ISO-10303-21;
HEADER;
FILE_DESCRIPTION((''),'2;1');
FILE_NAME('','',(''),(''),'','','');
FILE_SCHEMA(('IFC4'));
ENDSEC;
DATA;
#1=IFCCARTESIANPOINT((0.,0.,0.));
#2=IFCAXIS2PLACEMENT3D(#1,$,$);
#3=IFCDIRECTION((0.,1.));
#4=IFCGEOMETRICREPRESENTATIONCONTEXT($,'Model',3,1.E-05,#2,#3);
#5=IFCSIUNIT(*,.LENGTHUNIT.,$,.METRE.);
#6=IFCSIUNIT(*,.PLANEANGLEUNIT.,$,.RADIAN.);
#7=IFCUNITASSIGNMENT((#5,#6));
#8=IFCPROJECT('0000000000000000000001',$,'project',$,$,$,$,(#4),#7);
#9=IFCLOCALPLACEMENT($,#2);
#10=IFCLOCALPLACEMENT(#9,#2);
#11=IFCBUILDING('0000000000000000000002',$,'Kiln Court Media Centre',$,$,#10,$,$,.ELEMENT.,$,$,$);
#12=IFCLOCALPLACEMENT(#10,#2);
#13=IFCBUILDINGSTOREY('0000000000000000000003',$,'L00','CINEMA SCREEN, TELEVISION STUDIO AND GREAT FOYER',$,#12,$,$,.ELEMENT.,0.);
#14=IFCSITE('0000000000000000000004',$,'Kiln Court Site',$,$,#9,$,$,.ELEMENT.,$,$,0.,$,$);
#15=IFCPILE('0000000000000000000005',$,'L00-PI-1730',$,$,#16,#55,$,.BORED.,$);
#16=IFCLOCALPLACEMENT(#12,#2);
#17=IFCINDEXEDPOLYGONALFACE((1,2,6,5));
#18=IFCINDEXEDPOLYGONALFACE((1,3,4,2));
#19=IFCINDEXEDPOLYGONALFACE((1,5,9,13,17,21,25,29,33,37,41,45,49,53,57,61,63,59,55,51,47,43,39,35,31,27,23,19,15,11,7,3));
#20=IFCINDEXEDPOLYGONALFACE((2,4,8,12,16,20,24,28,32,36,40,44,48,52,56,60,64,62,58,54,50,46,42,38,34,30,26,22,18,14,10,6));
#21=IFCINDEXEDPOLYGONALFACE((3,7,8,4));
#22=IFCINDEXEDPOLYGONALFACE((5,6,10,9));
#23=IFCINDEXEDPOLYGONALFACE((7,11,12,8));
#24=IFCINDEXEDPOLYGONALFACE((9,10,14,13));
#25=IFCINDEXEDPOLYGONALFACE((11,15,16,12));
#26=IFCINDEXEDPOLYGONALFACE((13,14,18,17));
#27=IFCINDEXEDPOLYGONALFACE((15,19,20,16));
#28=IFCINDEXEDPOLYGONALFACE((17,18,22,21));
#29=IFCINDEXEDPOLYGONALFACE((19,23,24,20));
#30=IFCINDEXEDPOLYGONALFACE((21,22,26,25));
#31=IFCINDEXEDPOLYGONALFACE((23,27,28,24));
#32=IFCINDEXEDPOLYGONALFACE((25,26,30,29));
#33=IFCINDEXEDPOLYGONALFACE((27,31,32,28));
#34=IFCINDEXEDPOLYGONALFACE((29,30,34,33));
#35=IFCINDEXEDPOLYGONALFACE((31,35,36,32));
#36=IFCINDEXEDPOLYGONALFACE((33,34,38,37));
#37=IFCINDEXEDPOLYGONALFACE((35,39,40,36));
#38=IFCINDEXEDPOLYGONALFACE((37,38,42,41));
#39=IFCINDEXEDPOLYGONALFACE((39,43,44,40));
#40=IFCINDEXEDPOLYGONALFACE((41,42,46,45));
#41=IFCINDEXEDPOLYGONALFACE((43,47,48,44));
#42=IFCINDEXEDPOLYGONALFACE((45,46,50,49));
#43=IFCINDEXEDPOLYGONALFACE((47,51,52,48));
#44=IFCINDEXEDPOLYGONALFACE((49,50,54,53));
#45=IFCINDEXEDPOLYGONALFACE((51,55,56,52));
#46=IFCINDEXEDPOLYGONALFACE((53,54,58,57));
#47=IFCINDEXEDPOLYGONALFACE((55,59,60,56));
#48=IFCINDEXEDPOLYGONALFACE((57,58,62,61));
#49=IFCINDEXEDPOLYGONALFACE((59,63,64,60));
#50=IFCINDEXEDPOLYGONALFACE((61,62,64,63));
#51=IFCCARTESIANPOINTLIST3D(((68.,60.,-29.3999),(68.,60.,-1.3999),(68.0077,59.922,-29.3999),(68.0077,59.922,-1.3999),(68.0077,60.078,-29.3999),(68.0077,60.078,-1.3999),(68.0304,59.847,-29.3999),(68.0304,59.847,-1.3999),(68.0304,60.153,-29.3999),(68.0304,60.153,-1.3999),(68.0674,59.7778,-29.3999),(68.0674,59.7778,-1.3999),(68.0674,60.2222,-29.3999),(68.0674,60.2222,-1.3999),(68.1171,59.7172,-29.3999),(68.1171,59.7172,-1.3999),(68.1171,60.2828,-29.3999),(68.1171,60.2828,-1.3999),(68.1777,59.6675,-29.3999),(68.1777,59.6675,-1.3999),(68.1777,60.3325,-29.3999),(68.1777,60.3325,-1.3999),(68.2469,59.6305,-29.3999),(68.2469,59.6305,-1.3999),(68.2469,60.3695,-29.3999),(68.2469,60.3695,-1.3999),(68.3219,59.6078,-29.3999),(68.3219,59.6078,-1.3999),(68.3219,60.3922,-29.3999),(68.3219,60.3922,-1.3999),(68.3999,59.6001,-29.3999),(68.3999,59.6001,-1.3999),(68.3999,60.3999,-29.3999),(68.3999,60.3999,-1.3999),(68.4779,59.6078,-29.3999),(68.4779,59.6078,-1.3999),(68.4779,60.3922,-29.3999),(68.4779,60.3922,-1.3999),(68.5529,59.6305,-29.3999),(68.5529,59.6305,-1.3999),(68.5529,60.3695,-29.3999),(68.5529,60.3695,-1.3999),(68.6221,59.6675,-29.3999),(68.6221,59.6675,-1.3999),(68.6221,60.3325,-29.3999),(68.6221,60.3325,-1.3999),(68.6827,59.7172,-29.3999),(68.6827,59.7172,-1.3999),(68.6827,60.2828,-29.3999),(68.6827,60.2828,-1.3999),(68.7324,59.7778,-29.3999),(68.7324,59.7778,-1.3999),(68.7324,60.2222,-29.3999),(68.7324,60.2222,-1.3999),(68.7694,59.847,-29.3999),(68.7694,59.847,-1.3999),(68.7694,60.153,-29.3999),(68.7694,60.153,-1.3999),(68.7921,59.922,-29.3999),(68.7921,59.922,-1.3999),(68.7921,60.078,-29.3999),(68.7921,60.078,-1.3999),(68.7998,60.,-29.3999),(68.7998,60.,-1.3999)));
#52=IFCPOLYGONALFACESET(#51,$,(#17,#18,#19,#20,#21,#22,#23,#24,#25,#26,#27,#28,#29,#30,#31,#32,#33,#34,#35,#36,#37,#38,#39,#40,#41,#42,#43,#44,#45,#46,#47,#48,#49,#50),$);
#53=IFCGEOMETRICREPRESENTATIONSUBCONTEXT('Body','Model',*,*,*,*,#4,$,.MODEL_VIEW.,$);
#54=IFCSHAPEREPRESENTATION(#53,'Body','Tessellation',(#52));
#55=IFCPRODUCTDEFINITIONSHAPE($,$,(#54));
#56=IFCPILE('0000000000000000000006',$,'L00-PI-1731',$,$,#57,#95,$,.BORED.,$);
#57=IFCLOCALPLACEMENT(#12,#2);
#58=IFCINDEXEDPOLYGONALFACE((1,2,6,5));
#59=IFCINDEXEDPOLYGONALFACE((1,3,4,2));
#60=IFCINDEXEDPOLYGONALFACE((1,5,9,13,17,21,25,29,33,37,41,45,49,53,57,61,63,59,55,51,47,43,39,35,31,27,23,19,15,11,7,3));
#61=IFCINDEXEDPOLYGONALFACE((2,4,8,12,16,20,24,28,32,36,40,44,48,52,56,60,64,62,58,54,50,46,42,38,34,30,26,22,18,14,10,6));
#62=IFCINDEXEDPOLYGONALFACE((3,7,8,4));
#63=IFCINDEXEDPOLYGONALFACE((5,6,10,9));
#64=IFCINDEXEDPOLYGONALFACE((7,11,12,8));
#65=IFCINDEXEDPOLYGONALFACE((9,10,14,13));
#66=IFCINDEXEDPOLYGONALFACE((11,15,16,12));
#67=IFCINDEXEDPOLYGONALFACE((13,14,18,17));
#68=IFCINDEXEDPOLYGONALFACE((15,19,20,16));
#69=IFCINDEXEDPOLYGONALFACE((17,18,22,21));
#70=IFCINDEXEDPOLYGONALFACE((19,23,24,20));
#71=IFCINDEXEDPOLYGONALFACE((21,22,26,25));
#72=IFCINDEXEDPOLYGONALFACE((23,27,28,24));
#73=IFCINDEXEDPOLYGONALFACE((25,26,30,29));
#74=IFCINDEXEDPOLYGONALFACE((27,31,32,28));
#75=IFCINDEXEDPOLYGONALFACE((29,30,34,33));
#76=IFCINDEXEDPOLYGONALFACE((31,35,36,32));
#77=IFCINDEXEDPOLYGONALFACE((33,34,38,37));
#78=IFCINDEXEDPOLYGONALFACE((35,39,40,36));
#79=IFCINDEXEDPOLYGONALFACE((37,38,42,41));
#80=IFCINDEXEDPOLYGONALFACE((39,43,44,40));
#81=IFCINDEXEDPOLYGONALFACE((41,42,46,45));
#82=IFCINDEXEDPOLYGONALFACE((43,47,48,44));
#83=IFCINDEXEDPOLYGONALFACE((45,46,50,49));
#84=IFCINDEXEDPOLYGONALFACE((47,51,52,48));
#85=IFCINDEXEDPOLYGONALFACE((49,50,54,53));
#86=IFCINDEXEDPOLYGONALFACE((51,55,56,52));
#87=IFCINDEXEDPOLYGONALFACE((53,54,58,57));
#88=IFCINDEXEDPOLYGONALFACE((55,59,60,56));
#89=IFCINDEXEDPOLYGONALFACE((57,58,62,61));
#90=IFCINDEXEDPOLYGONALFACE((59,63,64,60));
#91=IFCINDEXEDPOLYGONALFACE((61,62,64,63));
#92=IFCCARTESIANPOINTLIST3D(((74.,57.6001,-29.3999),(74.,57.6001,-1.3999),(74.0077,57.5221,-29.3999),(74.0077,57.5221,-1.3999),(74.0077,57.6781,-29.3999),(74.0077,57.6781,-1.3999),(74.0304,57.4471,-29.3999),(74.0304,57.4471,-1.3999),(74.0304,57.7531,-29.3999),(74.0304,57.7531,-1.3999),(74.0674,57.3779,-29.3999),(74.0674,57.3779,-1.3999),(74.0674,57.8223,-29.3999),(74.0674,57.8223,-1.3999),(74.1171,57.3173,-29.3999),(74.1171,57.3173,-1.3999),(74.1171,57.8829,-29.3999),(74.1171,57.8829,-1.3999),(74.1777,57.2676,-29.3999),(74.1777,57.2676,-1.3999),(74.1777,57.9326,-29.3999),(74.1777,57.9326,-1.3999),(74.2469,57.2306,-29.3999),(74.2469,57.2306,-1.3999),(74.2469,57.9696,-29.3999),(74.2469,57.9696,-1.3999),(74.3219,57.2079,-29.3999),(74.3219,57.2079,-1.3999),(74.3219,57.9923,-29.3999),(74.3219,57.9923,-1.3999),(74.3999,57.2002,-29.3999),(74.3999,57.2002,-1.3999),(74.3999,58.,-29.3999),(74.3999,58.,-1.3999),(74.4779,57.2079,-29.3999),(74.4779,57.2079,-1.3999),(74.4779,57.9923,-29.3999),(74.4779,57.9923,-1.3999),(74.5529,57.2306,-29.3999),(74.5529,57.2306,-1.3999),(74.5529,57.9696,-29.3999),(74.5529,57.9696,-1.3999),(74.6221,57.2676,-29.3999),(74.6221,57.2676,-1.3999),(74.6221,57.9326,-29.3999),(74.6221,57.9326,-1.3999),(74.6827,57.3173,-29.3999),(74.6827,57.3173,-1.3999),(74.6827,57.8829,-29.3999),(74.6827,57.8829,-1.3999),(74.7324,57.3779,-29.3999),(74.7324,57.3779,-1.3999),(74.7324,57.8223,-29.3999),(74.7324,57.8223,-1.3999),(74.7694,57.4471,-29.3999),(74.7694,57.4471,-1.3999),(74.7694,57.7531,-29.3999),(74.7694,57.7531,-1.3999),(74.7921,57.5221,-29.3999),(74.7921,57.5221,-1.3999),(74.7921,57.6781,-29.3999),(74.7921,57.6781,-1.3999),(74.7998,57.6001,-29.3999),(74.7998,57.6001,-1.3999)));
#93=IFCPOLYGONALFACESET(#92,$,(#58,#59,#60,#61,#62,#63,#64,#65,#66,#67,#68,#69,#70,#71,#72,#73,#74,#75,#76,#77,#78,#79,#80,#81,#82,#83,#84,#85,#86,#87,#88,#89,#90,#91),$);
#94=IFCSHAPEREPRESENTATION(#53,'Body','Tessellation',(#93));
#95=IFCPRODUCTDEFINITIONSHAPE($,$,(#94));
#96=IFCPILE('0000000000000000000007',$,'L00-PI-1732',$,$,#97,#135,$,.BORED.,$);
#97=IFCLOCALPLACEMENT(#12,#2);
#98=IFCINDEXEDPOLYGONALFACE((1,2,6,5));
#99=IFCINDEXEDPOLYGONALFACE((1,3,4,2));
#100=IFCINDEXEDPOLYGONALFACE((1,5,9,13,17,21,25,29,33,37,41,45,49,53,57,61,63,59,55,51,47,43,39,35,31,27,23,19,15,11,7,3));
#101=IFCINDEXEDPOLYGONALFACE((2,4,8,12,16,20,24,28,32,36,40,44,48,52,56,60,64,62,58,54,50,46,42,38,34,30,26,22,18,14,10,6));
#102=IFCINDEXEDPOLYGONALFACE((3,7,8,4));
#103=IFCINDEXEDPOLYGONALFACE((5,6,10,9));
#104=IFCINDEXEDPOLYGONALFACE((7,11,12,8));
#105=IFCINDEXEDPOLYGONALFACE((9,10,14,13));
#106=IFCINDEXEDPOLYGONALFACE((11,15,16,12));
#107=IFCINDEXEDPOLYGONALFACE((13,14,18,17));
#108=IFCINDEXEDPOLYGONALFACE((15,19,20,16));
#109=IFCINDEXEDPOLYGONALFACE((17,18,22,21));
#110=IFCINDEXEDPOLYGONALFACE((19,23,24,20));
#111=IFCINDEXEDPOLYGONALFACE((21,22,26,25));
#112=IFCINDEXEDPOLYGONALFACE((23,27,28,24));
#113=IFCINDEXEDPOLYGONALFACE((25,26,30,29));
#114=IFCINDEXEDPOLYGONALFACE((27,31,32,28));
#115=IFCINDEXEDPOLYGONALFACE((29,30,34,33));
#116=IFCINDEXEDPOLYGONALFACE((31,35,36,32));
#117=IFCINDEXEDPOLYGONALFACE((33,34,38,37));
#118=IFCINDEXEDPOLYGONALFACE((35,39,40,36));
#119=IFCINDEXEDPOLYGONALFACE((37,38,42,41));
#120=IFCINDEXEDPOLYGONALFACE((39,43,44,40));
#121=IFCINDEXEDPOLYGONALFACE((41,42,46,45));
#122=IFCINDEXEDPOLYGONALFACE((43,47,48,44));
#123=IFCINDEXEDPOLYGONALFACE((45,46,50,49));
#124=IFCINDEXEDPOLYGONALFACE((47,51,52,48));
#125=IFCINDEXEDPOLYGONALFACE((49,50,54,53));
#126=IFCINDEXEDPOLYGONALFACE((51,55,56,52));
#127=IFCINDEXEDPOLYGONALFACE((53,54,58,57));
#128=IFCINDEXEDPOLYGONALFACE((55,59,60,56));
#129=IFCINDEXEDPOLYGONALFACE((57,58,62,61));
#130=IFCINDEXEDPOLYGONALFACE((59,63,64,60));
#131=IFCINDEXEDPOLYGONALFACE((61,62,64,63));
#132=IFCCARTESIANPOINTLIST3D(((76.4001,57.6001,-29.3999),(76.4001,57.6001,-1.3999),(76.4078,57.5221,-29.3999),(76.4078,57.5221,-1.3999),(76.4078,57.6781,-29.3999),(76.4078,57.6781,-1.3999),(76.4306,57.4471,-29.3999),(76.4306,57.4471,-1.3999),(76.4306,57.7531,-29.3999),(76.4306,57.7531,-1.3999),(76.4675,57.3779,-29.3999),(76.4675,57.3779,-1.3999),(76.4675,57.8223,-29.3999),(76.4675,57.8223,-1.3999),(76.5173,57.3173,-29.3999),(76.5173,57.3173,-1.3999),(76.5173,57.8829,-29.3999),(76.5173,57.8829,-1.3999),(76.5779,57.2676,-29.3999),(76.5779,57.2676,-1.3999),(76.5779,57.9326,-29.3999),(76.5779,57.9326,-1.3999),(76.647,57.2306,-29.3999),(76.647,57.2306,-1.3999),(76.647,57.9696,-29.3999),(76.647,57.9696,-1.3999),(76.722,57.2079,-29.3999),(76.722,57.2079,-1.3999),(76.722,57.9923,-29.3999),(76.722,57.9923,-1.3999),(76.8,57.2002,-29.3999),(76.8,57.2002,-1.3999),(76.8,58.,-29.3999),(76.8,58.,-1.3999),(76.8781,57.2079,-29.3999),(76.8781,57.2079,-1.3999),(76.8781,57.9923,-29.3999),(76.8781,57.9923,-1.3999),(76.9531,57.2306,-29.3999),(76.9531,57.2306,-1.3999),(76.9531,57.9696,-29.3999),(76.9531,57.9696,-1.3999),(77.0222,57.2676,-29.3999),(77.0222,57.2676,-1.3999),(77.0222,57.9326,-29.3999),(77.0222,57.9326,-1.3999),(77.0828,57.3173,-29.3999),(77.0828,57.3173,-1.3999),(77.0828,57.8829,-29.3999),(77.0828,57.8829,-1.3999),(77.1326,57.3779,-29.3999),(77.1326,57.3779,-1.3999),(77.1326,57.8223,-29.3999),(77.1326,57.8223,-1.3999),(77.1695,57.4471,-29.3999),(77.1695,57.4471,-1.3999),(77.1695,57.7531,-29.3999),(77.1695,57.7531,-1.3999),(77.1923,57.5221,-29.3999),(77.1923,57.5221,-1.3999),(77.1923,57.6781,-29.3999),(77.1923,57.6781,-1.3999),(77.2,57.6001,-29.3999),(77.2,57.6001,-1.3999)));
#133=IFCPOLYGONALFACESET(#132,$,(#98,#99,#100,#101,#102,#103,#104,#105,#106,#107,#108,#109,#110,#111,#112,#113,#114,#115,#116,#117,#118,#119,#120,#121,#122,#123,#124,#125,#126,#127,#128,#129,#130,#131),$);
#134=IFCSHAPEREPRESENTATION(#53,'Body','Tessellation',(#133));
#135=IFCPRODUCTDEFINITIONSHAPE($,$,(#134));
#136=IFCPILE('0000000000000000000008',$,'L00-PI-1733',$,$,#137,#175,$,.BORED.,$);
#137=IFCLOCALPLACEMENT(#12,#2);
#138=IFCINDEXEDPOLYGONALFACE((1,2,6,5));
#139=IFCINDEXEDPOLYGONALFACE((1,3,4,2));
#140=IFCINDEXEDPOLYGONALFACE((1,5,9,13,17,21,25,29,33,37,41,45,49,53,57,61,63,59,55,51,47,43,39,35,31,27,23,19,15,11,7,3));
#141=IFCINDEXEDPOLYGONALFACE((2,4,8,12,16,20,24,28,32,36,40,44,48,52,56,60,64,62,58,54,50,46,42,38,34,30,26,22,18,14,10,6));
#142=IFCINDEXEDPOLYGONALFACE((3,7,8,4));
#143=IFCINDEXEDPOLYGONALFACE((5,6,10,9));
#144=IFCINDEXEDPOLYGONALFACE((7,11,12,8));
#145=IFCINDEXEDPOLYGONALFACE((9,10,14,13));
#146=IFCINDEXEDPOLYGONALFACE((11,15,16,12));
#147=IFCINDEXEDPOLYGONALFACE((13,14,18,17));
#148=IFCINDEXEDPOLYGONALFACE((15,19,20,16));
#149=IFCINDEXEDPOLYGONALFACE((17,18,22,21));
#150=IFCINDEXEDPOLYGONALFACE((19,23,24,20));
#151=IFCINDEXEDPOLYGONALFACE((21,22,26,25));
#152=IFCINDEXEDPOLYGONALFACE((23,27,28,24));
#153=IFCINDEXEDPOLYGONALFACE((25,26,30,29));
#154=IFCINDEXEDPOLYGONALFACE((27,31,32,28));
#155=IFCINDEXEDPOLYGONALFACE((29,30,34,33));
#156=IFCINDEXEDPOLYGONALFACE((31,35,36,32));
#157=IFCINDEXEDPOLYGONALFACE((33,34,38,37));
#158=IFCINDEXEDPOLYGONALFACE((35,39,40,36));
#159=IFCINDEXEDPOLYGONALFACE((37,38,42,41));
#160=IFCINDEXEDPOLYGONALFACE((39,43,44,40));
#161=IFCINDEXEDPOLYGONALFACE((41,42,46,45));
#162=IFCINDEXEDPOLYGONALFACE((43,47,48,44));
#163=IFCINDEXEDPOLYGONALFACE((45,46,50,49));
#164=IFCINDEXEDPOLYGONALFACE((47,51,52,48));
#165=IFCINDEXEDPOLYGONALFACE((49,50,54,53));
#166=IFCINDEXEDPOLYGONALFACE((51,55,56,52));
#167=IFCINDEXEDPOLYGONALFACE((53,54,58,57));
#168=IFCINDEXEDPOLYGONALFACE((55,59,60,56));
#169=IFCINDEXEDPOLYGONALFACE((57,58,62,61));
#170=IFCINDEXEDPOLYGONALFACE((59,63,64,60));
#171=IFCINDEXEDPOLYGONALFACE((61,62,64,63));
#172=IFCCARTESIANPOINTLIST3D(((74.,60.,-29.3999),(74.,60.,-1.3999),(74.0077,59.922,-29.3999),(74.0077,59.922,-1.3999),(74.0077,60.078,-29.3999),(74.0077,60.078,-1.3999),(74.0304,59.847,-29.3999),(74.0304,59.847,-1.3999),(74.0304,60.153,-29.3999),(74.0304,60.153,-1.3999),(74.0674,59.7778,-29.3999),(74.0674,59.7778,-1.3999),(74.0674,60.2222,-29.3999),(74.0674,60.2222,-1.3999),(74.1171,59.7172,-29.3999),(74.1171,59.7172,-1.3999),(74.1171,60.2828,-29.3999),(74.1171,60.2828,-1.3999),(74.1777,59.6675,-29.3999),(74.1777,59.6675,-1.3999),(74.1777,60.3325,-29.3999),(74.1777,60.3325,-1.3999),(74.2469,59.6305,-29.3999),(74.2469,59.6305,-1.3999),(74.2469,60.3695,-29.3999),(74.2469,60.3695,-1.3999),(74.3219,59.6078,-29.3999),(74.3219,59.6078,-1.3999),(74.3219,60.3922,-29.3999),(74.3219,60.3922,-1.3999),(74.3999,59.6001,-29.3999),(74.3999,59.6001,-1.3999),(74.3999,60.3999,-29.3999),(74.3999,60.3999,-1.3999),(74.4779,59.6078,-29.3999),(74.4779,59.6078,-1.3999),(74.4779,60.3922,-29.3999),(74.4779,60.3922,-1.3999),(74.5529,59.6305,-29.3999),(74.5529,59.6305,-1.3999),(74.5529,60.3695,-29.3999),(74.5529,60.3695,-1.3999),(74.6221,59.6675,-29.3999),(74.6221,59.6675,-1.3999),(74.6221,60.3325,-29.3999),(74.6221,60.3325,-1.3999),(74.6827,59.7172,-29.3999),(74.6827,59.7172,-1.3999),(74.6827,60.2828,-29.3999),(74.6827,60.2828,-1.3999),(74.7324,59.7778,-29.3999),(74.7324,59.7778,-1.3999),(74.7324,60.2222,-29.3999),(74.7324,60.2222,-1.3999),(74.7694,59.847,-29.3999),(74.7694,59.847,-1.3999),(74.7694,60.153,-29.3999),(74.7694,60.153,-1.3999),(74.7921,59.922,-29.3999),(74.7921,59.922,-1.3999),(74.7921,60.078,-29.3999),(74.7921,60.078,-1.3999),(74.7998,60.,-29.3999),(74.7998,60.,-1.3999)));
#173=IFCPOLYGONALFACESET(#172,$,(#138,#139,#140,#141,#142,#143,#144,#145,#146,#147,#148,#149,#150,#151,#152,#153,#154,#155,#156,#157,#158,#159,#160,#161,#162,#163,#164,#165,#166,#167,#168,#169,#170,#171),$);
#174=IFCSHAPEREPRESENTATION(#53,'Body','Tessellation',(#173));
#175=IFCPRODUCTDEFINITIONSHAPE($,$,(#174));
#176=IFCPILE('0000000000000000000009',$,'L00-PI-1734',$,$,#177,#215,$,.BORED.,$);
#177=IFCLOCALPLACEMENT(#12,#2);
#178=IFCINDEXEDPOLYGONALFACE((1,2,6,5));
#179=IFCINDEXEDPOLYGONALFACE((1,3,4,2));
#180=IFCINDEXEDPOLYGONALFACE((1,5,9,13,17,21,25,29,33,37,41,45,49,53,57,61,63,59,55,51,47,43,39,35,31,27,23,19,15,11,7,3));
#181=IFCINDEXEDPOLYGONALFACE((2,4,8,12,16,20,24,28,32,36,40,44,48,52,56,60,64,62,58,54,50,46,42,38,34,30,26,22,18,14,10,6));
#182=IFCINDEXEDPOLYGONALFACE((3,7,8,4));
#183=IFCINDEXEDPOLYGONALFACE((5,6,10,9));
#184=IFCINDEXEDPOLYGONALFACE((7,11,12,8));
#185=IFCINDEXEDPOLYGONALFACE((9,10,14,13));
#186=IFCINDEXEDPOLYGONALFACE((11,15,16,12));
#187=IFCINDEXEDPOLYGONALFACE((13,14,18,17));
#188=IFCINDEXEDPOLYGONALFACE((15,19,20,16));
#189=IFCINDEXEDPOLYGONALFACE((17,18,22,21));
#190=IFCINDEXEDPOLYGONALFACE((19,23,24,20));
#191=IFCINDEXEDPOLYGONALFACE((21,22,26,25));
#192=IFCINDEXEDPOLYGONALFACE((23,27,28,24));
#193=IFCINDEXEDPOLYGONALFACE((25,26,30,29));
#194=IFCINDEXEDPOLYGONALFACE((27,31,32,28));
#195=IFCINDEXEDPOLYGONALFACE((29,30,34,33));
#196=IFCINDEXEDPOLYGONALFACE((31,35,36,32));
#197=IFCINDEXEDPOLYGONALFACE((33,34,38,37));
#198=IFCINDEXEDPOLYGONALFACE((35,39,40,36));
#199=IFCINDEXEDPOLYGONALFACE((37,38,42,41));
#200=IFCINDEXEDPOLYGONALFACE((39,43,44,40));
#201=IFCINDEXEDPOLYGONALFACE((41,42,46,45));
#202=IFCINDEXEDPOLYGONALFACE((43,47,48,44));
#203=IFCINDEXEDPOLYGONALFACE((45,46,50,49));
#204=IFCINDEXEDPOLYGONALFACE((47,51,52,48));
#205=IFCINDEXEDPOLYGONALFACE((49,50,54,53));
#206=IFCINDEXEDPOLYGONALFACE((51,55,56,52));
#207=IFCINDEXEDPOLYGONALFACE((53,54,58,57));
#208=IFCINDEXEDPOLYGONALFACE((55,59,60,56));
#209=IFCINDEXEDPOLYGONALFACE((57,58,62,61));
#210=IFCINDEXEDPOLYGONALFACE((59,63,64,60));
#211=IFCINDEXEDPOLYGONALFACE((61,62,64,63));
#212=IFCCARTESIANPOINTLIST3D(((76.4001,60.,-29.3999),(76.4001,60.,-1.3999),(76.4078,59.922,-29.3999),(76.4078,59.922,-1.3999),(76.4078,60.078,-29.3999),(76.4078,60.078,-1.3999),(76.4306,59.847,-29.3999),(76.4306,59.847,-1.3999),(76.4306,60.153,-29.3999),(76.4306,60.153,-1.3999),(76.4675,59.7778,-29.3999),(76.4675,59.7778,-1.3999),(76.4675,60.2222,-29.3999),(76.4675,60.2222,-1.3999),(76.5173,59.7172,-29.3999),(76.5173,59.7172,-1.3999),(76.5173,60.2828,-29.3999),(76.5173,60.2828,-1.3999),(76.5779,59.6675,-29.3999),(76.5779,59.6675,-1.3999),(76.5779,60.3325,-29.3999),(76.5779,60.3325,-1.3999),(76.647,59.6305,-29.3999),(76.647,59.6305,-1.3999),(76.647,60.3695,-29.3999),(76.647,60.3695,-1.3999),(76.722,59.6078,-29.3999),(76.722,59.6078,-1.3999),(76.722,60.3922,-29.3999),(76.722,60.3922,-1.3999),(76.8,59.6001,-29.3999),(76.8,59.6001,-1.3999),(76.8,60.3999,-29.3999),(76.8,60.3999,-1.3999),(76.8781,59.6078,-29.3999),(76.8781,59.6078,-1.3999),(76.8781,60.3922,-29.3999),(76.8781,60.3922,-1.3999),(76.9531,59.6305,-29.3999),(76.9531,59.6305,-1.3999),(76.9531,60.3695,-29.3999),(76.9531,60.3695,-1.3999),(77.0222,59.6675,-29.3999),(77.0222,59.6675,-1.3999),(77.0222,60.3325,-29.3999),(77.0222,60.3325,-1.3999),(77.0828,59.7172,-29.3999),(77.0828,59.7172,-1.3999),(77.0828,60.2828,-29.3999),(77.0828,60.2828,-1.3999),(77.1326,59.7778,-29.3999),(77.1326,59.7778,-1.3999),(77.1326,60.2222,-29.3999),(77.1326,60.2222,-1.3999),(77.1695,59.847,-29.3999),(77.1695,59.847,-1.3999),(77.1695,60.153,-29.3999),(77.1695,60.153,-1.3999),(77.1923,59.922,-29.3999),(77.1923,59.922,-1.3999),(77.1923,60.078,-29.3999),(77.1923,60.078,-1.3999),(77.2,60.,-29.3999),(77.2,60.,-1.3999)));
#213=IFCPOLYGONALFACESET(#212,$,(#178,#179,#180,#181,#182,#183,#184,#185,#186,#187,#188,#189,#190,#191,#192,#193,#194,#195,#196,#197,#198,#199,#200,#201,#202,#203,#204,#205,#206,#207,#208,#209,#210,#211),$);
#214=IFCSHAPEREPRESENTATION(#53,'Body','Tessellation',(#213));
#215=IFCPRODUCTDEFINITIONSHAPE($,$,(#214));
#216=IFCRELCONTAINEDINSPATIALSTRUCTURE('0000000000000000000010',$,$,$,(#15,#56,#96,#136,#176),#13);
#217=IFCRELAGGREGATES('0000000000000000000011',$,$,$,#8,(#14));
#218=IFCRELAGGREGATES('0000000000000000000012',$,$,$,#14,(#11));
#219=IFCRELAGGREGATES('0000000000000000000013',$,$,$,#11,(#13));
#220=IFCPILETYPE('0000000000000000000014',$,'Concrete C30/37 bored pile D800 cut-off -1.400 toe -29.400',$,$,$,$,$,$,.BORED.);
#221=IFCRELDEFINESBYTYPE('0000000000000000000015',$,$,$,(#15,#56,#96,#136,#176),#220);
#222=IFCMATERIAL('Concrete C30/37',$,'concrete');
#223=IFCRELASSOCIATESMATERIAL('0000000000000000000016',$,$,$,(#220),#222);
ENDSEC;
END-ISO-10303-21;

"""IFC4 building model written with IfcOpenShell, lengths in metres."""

from ifc_helpers import new_model, si_unit, direction, frame, origin, origin_2d, place, context, subcontext, project, spatial, circle, extrude, material, material_profile, profile_set, type_object, element, save


model = new_model("IFC4")

# Units and contexts
model_context = context("Model", 3, precision=1e-05, world=origin(), true_north=direction((0.0, 1.0)))
body_context = subcontext(model_context, "Body", "Model", "MODEL_VIEW")
ifc_project = project(units=[si_unit("LENGTHUNIT", "METRE"), si_unit("PLANEANGLEUNIT", "RADIAN")], contexts=[model_context])

# Site, building, storey
site_placement = place(None, origin())
site = spatial("IfcSite", under=ifc_project, at=site_placement, Name="Kiln Court Site", CompositionType="ELEMENT", RefElevation=0.0)
building_placement = place(site_placement, origin())
building = spatial("IfcBuilding", under=site, at=building_placement, Name="Kiln Court Media Centre", CompositionType="ELEMENT")
storey_placement = place(building_placement, origin())
storey = spatial("IfcBuildingStorey", under=building, at=storey_placement, Name="L00", Description="CINEMA SCREEN, TELEVISION STUDIO AND GREAT FOYER", CompositionType="ELEMENT", Elevation=0.0)

# Piles
ifc_material_1 = material(Name="Concrete C30/37", Category="concrete")
ifc_material_profile_1 = material_profile(ifc_material_1, circle(Radius=0.3999, at=origin_2d()), Name="PILE D800")
ifc_profile_set_1 = profile_set([ifc_material_profile_1], Name="Concrete C30/37")
pile_type_1 = type_object("IfcPileType", Name="Concrete C30/37 bored pile D800 cut-off -1.400 toe -29.400", PredefinedType="BORED", material=ifc_profile_set_1)
for number, where, z_axis, x_axis, name in (
    (1, (68.3999, 60.0, -1.3999), (0.0, 0.0, -1.0), (1.0, 0.0, 0.0), "L00-PI-1730"),
    (2, (74.3999, 57.6001, -1.3999), (0.0, 0.0, -1.0), (1.0, 0.0, 0.0), "L00-PI-1731"),
    (3, (76.8, 57.6001, -1.3999), (0.0, 0.0, -1.0), (1.0, 0.0, 0.0), "L00-PI-1732"),
    (4, (74.3999, 60.0, -1.3999), (0.0, 0.0, -1.0), (1.0, 0.0, 0.0), "L00-PI-1733"),
    (5, (76.8, 60.0, -1.3999), (0.0, 0.0, -1.0), (1.0, 0.0, 0.0), "L00-PI-1734"),
):
    element("IfcPile", number, at=place(storey_placement, frame(where, z_axis=z_axis, x_axis=x_axis)), inside=storey, type_object=pile_type_1, Name=name, PredefinedType="BORED", context=body_context, shape_type="SweptSolid", body=[
        extrude(circle(Radius=0.3999, at=origin_2d()), origin(), (0.0, 0.0, 1.0), 28.0),
    ])

save(model, "model.ifc")
